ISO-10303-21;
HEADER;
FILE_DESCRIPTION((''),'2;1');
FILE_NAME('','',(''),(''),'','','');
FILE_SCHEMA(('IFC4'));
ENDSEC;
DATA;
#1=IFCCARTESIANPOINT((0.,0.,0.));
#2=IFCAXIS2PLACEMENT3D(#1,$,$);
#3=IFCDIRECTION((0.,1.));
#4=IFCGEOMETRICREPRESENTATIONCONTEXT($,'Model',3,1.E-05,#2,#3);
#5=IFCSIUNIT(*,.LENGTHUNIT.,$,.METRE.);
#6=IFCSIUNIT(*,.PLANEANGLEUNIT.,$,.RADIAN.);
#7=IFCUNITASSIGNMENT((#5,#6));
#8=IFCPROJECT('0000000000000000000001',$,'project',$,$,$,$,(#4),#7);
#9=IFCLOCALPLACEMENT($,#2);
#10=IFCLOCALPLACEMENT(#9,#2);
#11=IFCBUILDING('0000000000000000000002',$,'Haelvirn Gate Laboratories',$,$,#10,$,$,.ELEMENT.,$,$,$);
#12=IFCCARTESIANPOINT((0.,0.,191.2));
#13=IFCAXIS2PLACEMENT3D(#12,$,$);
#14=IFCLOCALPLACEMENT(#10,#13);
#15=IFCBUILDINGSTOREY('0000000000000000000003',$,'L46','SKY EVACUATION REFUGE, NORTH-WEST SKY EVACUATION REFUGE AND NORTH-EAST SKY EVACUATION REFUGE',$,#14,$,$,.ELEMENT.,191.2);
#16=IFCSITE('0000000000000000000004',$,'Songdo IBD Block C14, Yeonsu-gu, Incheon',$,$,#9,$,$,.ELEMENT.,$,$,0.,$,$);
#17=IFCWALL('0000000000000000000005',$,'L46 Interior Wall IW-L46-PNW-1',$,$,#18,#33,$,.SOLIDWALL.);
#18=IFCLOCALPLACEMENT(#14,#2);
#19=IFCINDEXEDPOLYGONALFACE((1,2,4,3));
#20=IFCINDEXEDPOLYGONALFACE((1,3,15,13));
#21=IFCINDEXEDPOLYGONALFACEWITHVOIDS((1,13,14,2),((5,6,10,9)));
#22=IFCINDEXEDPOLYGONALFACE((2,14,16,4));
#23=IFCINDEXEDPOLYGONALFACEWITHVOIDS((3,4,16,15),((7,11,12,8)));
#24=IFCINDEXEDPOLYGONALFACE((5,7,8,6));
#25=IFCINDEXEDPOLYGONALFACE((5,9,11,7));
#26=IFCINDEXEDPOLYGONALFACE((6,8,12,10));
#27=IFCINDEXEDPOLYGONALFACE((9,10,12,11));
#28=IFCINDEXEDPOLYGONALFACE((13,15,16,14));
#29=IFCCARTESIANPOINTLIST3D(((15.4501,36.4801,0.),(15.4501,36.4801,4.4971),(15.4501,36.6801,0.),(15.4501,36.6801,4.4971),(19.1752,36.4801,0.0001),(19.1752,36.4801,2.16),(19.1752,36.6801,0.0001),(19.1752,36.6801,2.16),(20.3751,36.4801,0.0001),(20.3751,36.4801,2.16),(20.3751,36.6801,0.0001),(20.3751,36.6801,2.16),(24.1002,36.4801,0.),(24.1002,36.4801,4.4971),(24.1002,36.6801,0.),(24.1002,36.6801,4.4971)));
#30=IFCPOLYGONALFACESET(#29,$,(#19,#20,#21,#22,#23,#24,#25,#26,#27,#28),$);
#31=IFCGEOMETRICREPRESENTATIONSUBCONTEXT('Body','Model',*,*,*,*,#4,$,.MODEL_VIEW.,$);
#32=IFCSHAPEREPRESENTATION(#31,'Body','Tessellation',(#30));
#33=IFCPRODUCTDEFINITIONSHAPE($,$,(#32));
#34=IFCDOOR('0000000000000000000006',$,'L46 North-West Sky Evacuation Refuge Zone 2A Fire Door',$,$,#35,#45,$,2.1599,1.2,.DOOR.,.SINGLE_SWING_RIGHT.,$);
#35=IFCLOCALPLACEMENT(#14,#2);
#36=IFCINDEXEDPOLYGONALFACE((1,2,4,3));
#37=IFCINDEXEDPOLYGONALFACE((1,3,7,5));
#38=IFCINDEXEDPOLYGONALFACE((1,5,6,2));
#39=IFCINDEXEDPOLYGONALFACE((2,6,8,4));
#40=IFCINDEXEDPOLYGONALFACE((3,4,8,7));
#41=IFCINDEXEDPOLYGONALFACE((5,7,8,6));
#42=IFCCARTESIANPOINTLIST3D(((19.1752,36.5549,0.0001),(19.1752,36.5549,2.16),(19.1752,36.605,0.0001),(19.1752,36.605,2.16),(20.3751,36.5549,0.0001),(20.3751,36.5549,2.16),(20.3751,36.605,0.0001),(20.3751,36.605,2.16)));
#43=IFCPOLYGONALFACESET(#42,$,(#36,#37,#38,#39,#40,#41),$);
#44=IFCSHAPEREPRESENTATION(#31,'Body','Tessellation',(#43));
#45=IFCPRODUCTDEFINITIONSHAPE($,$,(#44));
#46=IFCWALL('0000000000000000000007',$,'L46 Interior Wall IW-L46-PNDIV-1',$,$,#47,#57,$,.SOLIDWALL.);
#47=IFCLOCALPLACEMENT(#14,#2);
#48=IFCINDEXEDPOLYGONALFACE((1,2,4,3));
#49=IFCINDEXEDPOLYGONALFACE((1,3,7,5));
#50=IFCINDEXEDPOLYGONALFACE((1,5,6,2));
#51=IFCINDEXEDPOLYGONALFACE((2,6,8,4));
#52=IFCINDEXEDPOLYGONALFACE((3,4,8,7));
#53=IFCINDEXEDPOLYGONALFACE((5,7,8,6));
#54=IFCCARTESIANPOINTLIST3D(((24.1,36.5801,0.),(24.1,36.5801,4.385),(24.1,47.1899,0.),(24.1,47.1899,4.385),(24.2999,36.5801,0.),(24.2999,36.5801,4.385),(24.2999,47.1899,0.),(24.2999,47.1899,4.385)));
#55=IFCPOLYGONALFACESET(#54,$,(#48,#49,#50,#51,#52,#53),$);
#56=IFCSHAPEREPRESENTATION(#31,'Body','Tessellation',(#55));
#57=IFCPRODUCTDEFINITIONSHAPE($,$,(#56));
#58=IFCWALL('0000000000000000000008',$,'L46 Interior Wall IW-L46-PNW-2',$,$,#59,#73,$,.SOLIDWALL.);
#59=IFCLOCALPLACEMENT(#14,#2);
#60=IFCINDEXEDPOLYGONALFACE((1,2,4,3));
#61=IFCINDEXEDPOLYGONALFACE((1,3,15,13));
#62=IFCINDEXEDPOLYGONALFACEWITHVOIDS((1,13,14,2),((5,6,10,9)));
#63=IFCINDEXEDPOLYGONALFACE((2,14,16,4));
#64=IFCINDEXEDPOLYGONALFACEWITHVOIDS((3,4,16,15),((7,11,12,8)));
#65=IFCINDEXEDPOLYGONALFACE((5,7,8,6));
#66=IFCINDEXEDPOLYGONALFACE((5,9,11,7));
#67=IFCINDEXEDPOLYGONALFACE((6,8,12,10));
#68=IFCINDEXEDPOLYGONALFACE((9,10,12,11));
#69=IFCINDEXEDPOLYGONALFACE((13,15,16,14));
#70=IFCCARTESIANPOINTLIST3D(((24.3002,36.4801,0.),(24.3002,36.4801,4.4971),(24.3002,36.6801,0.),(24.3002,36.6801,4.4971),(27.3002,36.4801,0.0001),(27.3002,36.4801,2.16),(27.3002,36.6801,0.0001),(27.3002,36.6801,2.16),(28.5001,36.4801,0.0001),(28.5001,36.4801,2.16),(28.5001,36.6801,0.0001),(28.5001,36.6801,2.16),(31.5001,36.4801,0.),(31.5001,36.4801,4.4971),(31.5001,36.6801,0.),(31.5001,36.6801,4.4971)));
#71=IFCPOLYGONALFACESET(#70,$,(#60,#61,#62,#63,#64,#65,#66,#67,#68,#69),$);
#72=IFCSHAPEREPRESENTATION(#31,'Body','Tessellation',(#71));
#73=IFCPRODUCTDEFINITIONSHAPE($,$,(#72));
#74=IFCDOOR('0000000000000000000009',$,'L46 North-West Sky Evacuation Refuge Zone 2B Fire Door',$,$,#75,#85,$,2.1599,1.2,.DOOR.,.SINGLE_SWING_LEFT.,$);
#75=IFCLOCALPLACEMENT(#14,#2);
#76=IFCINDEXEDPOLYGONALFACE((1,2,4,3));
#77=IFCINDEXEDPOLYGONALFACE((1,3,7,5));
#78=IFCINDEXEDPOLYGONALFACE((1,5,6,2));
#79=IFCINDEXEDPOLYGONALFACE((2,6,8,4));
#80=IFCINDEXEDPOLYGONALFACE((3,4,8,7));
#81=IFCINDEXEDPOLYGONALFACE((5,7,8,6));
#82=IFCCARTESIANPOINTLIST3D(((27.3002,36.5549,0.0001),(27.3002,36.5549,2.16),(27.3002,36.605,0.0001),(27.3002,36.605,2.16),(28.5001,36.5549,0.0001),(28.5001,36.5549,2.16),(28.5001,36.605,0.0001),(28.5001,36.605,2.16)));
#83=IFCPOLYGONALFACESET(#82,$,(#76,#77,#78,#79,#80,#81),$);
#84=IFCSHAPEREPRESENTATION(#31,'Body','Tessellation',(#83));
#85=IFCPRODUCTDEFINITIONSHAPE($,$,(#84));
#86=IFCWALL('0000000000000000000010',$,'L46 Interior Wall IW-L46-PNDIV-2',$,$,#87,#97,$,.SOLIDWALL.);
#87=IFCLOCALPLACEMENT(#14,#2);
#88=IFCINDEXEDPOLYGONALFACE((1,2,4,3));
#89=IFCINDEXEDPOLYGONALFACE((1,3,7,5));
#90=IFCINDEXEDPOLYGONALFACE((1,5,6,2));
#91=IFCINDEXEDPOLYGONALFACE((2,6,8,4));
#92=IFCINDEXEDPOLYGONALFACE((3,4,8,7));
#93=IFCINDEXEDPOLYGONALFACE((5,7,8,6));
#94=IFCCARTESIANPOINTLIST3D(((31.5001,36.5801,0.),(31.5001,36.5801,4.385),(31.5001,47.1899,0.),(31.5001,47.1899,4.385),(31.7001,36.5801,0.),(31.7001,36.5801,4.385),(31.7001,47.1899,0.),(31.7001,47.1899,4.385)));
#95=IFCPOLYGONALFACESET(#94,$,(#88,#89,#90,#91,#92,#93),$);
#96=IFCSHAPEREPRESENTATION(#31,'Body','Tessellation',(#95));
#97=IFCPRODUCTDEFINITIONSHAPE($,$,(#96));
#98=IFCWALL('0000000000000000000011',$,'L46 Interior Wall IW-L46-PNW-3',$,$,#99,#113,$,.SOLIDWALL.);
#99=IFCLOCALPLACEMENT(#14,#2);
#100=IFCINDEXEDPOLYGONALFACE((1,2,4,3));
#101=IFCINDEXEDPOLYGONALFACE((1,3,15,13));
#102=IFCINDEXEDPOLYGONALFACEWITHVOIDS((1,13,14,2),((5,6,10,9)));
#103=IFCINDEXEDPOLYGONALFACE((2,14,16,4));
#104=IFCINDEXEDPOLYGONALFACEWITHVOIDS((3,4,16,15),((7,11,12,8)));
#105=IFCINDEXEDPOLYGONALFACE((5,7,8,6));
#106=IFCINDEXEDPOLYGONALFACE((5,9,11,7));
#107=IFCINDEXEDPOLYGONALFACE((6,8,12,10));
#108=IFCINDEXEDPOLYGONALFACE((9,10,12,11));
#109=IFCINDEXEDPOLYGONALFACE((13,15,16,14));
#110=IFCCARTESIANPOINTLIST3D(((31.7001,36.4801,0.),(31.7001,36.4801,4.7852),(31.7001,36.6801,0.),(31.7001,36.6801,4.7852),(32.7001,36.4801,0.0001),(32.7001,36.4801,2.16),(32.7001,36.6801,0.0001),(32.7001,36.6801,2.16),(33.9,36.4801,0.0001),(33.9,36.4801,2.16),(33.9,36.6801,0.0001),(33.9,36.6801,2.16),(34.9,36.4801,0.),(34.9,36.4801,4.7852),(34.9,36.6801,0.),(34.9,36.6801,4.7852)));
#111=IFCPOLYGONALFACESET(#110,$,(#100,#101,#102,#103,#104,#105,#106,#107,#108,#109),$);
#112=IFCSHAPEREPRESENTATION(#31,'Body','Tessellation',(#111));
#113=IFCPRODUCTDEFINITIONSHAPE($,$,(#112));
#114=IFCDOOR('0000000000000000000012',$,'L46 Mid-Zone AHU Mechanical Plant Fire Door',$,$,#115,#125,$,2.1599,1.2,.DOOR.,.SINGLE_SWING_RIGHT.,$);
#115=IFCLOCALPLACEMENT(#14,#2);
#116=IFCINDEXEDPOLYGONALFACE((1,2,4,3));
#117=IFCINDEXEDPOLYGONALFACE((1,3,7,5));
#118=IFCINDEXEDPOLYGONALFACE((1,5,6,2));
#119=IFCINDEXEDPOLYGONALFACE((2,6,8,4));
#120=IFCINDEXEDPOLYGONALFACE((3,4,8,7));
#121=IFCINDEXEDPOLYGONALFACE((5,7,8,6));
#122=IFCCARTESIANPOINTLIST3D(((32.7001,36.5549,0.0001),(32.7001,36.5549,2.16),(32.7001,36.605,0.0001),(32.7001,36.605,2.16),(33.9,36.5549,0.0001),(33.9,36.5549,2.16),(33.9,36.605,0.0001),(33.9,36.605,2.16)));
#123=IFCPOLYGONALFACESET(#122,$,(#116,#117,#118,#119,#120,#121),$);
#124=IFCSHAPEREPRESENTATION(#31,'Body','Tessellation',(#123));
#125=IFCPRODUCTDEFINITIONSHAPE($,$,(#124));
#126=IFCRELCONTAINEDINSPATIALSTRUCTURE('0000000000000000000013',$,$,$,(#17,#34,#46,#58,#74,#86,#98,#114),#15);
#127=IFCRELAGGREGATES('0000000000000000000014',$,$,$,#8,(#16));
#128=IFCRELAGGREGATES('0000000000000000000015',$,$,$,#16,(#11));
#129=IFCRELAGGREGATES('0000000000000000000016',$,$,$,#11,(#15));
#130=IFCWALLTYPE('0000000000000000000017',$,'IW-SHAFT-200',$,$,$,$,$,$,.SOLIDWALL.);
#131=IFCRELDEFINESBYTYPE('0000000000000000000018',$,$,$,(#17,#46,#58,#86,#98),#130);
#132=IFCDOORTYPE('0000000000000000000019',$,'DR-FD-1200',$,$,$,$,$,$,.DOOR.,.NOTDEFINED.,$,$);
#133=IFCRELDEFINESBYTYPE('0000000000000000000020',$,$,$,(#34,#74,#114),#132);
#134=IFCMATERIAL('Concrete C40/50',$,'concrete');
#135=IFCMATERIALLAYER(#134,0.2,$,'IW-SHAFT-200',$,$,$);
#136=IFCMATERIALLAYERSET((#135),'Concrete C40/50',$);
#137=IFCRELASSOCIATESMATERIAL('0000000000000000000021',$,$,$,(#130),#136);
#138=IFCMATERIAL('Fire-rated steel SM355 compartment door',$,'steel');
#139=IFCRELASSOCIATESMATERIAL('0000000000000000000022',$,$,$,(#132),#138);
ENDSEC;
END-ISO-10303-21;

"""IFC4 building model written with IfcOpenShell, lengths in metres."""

from ifc_helpers import new_model, si_unit, direction, frame, frame_2d, origin, place, context, subcontext, project, spatial, rectangle, extrude, source, transform, mapped, material, layer, layer_set, type_object, type_shapes, element, fill, save


model = new_model("IFC4")

# Units and contexts
model_context = context("Model", 3, precision=1e-05, world=origin(), true_north=direction((0.0, 1.0)))
body_context = subcontext(model_context, "Body", "Model", "MODEL_VIEW")
ifc_project = project(units=[si_unit("LENGTHUNIT", "METRE"), si_unit("PLANEANGLEUNIT", "RADIAN")], contexts=[model_context])

# Site, building, storey
site_placement = place(None, origin())
site = spatial("IfcSite", under=ifc_project, at=site_placement, Name="Songdo IBD Block C14, Yeonsu-gu, Incheon", CompositionType="ELEMENT", RefElevation=0.0)
building_placement = place(site_placement, origin())
building = spatial("IfcBuilding", under=site, at=building_placement, Name="Haelvirn Gate Laboratories", CompositionType="ELEMENT")
storey_placement = place(building_placement, frame((0.0, 0.0, 191.2)))
storey = spatial("IfcBuildingStorey", under=building, at=storey_placement, Name="L46", Description="SKY EVACUATION REFUGE, NORTH-WEST SKY EVACUATION REFUGE AND NORTH-EAST SKY EVACUATION REFUGE", CompositionType="ELEMENT", Elevation=191.2)

# Shared definitions
ifc_material_1 = material(Name="Concrete C40/50", Category="concrete")
ifc_layer_1 = layer(ifc_material_1, 0.2, Name="IW-SHAFT-200")
ifc_layer_set_1 = layer_set([ifc_layer_1], Name="Concrete C40/50")
wall_type_1 = type_object("IfcWallType", Name="IW-SHAFT-200", PredefinedType="SOLIDWALL", material=ifc_layer_set_1)

# Wall, opening, door
wall_1_placement = place(storey_placement, frame((15.45, 36.5801, 0.0), z_axis=(0.0, 0.0, 1.0), x_axis=(1.0, 0.0, 0.0)))
wall_1 = element("IfcWall", 1, at=wall_1_placement, inside=storey, type_object=wall_type_1, Name="L46 Interior Wall IW-L46-PNW-1", PredefinedType="SOLIDWALL", context=body_context, shape_type="SweptSolid", body=[
    extrude(rectangle(XDim=8.6501, YDim=0.2, at=frame_2d((4.3252, 0.0))), origin(), (0.0, 0.0, 1.0), 4.4971),
])
opening_1_placement = place(wall_1_placement, frame((3.7251, 0.0, 0.0)))
opening_1 = element("IfcOpeningElement", 2, at=opening_1_placement, cuts=wall_1, PredefinedType="OPENING", context=body_context, shape_type="SweptSolid", body=[
    extrude(rectangle(XDim=1.2, YDim=2.1599, at=frame_2d((0.6001, 1.0801))), frame((0.0, 0.1099, 0.0), z_axis=(0.0, -1.0, 0.0), x_axis=(1.0, 0.0, 0.0)), (0.0, 0.0, 1.0), 0.22),
])
ifc_material_2 = material(Name="Fire-rated steel SM355 compartment door", Category="steel")
door_type = type_object("IfcDoorType", Name="DR-FD-1200", OperationType="NOTDEFINED", PredefinedType="DOOR", material=ifc_material_2)
shared_shape_1 = source(origin(), body_context, "Body", "SweptSolid", [
    extrude(rectangle(XDim=1.2, YDim=2.1599, at=frame_2d((0.6001, 1.0801))), frame((0.0, 0.0249, 0.0), z_axis=(0.0, -1.0, 0.0), x_axis=(1.0, 0.0, 0.0)), (0.0, 0.0, 1.0), 0.05),
])
type_shapes(door_type, [shared_shape_1])
door_1_placement = place(opening_1_placement, origin())
door_1 = element("IfcDoor", 3, at=door_1_placement, inside=storey, type_object=door_type, Name="L46 North-West Sky Evacuation Refuge Zone 2A Fire Door", OperationType="SINGLE_SWING_RIGHT", OverallHeight=2.1599, OverallWidth=1.2, PredefinedType="DOOR", context=body_context, shape_type="MappedRepresentation", body=[
    mapped(shared_shape_1, transform((0.0, 0.0, 0.0), scale=1.0)),
])
fill(opening_1, door_1)

# Wall
wall_2_placement = place(storey_placement, frame((24.2, 36.5801, 0.0), z_axis=(0.0, 0.0, 1.0), x_axis=(0.0, 1.0, 0.0)))
element("IfcWall", 4, at=wall_2_placement, inside=storey, type_object=wall_type_1, Name="L46 Interior Wall IW-L46-PNDIV-1", PredefinedType="SOLIDWALL", context=body_context, shape_type="SweptSolid", body=[
    extrude(rectangle(XDim=10.6099, YDim=0.2, at=frame_2d((5.3049, 0.0))), origin(), (0.0, 0.0, 1.0), 4.385),
])

# Wall, opening, door
wall_3_placement = place(storey_placement, frame((24.3, 36.5801, 0.0), z_axis=(0.0, 0.0, 1.0), x_axis=(1.0, 0.0, 0.0)))
wall_3 = element("IfcWall", 5, at=wall_3_placement, inside=storey, type_object=wall_type_1, Name="L46 Interior Wall IW-L46-PNW-2", PredefinedType="SOLIDWALL", context=body_context, shape_type="SweptSolid", body=[
    extrude(rectangle(XDim=7.2, YDim=0.2, at=frame_2d((3.6001, 0.0))), origin(), (0.0, 0.0, 1.0), 4.4971),
])
opening_2_placement = place(wall_3_placement, frame((3.0, 0.0, 0.0)))
opening_2 = element("IfcOpeningElement", 6, at=opening_2_placement, cuts=wall_3, PredefinedType="OPENING", context=body_context, shape_type="SweptSolid", body=[
    extrude(rectangle(XDim=1.2, YDim=2.1599, at=frame_2d((0.6001, 1.0801))), frame((0.0, 0.1099, 0.0), z_axis=(0.0, -1.0, 0.0), x_axis=(1.0, 0.0, 0.0)), (0.0, 0.0, 1.0), 0.22),
])
door_2_placement = place(opening_2_placement, origin())
door_2 = element("IfcDoor", 7, at=door_2_placement, inside=storey, type_object=door_type, Name="L46 North-West Sky Evacuation Refuge Zone 2B Fire Door", OperationType="SINGLE_SWING_LEFT", OverallHeight=2.1599, OverallWidth=1.2, PredefinedType="DOOR", context=body_context, shape_type="MappedRepresentation", body=[
    mapped(shared_shape_1, transform((0.0, 0.0, 0.0), scale=1.0)),
])
fill(opening_2, door_2)

# Wall
wall_4_placement = place(storey_placement, frame((31.6001, 36.5801, 0.0), z_axis=(0.0, 0.0, 1.0), x_axis=(0.0, 1.0, 0.0)))
element("IfcWall", 8, at=wall_4_placement, inside=storey, type_object=wall_type_1, Name="L46 Interior Wall IW-L46-PNDIV-2", PredefinedType="SOLIDWALL", context=body_context, shape_type="SweptSolid", body=[
    extrude(rectangle(XDim=10.6099, YDim=0.2, at=frame_2d((5.3049, 0.0))), origin(), (0.0, 0.0, 1.0), 4.385),
])

# Wall, opening, door
wall_5_placement = place(storey_placement, frame((31.7, 36.5801, 0.0), z_axis=(0.0, 0.0, 1.0), x_axis=(1.0, 0.0, 0.0)))
wall_5 = element("IfcWall", 9, at=wall_5_placement, inside=storey, type_object=wall_type_1, Name="L46 Interior Wall IW-L46-PNW-3", PredefinedType="SOLIDWALL", context=body_context, shape_type="SweptSolid", body=[
    extrude(rectangle(XDim=3.2, YDim=0.2, at=frame_2d((1.6001, 0.0))), origin(), (0.0, 0.0, 1.0), 4.7852),
])
opening_3_placement = place(wall_5_placement, frame((1.0, 0.0, 0.0)))
opening_3 = element("IfcOpeningElement", 10, at=opening_3_placement, cuts=wall_5, PredefinedType="OPENING", context=body_context, shape_type="SweptSolid", body=[
    extrude(rectangle(XDim=1.2, YDim=2.1599, at=frame_2d((0.6001, 1.0801))), frame((0.0, 0.1099, 0.0), z_axis=(0.0, -1.0, 0.0), x_axis=(1.0, 0.0, 0.0)), (0.0, 0.0, 1.0), 0.22),
])
door_3_placement = place(opening_3_placement, origin())
door_3 = element("IfcDoor", 11, at=door_3_placement, inside=storey, type_object=door_type, Name="L46 Mid-Zone AHU Mechanical Plant Fire Door", OperationType="SINGLE_SWING_RIGHT", OverallHeight=2.1599, OverallWidth=1.2, PredefinedType="DOOR", context=body_context, shape_type="MappedRepresentation", body=[
    mapped(shared_shape_1, transform((0.0, 0.0, 0.0), scale=1.0)),
])
fill(opening_3, door_3)

save(model, "model.ifc")
